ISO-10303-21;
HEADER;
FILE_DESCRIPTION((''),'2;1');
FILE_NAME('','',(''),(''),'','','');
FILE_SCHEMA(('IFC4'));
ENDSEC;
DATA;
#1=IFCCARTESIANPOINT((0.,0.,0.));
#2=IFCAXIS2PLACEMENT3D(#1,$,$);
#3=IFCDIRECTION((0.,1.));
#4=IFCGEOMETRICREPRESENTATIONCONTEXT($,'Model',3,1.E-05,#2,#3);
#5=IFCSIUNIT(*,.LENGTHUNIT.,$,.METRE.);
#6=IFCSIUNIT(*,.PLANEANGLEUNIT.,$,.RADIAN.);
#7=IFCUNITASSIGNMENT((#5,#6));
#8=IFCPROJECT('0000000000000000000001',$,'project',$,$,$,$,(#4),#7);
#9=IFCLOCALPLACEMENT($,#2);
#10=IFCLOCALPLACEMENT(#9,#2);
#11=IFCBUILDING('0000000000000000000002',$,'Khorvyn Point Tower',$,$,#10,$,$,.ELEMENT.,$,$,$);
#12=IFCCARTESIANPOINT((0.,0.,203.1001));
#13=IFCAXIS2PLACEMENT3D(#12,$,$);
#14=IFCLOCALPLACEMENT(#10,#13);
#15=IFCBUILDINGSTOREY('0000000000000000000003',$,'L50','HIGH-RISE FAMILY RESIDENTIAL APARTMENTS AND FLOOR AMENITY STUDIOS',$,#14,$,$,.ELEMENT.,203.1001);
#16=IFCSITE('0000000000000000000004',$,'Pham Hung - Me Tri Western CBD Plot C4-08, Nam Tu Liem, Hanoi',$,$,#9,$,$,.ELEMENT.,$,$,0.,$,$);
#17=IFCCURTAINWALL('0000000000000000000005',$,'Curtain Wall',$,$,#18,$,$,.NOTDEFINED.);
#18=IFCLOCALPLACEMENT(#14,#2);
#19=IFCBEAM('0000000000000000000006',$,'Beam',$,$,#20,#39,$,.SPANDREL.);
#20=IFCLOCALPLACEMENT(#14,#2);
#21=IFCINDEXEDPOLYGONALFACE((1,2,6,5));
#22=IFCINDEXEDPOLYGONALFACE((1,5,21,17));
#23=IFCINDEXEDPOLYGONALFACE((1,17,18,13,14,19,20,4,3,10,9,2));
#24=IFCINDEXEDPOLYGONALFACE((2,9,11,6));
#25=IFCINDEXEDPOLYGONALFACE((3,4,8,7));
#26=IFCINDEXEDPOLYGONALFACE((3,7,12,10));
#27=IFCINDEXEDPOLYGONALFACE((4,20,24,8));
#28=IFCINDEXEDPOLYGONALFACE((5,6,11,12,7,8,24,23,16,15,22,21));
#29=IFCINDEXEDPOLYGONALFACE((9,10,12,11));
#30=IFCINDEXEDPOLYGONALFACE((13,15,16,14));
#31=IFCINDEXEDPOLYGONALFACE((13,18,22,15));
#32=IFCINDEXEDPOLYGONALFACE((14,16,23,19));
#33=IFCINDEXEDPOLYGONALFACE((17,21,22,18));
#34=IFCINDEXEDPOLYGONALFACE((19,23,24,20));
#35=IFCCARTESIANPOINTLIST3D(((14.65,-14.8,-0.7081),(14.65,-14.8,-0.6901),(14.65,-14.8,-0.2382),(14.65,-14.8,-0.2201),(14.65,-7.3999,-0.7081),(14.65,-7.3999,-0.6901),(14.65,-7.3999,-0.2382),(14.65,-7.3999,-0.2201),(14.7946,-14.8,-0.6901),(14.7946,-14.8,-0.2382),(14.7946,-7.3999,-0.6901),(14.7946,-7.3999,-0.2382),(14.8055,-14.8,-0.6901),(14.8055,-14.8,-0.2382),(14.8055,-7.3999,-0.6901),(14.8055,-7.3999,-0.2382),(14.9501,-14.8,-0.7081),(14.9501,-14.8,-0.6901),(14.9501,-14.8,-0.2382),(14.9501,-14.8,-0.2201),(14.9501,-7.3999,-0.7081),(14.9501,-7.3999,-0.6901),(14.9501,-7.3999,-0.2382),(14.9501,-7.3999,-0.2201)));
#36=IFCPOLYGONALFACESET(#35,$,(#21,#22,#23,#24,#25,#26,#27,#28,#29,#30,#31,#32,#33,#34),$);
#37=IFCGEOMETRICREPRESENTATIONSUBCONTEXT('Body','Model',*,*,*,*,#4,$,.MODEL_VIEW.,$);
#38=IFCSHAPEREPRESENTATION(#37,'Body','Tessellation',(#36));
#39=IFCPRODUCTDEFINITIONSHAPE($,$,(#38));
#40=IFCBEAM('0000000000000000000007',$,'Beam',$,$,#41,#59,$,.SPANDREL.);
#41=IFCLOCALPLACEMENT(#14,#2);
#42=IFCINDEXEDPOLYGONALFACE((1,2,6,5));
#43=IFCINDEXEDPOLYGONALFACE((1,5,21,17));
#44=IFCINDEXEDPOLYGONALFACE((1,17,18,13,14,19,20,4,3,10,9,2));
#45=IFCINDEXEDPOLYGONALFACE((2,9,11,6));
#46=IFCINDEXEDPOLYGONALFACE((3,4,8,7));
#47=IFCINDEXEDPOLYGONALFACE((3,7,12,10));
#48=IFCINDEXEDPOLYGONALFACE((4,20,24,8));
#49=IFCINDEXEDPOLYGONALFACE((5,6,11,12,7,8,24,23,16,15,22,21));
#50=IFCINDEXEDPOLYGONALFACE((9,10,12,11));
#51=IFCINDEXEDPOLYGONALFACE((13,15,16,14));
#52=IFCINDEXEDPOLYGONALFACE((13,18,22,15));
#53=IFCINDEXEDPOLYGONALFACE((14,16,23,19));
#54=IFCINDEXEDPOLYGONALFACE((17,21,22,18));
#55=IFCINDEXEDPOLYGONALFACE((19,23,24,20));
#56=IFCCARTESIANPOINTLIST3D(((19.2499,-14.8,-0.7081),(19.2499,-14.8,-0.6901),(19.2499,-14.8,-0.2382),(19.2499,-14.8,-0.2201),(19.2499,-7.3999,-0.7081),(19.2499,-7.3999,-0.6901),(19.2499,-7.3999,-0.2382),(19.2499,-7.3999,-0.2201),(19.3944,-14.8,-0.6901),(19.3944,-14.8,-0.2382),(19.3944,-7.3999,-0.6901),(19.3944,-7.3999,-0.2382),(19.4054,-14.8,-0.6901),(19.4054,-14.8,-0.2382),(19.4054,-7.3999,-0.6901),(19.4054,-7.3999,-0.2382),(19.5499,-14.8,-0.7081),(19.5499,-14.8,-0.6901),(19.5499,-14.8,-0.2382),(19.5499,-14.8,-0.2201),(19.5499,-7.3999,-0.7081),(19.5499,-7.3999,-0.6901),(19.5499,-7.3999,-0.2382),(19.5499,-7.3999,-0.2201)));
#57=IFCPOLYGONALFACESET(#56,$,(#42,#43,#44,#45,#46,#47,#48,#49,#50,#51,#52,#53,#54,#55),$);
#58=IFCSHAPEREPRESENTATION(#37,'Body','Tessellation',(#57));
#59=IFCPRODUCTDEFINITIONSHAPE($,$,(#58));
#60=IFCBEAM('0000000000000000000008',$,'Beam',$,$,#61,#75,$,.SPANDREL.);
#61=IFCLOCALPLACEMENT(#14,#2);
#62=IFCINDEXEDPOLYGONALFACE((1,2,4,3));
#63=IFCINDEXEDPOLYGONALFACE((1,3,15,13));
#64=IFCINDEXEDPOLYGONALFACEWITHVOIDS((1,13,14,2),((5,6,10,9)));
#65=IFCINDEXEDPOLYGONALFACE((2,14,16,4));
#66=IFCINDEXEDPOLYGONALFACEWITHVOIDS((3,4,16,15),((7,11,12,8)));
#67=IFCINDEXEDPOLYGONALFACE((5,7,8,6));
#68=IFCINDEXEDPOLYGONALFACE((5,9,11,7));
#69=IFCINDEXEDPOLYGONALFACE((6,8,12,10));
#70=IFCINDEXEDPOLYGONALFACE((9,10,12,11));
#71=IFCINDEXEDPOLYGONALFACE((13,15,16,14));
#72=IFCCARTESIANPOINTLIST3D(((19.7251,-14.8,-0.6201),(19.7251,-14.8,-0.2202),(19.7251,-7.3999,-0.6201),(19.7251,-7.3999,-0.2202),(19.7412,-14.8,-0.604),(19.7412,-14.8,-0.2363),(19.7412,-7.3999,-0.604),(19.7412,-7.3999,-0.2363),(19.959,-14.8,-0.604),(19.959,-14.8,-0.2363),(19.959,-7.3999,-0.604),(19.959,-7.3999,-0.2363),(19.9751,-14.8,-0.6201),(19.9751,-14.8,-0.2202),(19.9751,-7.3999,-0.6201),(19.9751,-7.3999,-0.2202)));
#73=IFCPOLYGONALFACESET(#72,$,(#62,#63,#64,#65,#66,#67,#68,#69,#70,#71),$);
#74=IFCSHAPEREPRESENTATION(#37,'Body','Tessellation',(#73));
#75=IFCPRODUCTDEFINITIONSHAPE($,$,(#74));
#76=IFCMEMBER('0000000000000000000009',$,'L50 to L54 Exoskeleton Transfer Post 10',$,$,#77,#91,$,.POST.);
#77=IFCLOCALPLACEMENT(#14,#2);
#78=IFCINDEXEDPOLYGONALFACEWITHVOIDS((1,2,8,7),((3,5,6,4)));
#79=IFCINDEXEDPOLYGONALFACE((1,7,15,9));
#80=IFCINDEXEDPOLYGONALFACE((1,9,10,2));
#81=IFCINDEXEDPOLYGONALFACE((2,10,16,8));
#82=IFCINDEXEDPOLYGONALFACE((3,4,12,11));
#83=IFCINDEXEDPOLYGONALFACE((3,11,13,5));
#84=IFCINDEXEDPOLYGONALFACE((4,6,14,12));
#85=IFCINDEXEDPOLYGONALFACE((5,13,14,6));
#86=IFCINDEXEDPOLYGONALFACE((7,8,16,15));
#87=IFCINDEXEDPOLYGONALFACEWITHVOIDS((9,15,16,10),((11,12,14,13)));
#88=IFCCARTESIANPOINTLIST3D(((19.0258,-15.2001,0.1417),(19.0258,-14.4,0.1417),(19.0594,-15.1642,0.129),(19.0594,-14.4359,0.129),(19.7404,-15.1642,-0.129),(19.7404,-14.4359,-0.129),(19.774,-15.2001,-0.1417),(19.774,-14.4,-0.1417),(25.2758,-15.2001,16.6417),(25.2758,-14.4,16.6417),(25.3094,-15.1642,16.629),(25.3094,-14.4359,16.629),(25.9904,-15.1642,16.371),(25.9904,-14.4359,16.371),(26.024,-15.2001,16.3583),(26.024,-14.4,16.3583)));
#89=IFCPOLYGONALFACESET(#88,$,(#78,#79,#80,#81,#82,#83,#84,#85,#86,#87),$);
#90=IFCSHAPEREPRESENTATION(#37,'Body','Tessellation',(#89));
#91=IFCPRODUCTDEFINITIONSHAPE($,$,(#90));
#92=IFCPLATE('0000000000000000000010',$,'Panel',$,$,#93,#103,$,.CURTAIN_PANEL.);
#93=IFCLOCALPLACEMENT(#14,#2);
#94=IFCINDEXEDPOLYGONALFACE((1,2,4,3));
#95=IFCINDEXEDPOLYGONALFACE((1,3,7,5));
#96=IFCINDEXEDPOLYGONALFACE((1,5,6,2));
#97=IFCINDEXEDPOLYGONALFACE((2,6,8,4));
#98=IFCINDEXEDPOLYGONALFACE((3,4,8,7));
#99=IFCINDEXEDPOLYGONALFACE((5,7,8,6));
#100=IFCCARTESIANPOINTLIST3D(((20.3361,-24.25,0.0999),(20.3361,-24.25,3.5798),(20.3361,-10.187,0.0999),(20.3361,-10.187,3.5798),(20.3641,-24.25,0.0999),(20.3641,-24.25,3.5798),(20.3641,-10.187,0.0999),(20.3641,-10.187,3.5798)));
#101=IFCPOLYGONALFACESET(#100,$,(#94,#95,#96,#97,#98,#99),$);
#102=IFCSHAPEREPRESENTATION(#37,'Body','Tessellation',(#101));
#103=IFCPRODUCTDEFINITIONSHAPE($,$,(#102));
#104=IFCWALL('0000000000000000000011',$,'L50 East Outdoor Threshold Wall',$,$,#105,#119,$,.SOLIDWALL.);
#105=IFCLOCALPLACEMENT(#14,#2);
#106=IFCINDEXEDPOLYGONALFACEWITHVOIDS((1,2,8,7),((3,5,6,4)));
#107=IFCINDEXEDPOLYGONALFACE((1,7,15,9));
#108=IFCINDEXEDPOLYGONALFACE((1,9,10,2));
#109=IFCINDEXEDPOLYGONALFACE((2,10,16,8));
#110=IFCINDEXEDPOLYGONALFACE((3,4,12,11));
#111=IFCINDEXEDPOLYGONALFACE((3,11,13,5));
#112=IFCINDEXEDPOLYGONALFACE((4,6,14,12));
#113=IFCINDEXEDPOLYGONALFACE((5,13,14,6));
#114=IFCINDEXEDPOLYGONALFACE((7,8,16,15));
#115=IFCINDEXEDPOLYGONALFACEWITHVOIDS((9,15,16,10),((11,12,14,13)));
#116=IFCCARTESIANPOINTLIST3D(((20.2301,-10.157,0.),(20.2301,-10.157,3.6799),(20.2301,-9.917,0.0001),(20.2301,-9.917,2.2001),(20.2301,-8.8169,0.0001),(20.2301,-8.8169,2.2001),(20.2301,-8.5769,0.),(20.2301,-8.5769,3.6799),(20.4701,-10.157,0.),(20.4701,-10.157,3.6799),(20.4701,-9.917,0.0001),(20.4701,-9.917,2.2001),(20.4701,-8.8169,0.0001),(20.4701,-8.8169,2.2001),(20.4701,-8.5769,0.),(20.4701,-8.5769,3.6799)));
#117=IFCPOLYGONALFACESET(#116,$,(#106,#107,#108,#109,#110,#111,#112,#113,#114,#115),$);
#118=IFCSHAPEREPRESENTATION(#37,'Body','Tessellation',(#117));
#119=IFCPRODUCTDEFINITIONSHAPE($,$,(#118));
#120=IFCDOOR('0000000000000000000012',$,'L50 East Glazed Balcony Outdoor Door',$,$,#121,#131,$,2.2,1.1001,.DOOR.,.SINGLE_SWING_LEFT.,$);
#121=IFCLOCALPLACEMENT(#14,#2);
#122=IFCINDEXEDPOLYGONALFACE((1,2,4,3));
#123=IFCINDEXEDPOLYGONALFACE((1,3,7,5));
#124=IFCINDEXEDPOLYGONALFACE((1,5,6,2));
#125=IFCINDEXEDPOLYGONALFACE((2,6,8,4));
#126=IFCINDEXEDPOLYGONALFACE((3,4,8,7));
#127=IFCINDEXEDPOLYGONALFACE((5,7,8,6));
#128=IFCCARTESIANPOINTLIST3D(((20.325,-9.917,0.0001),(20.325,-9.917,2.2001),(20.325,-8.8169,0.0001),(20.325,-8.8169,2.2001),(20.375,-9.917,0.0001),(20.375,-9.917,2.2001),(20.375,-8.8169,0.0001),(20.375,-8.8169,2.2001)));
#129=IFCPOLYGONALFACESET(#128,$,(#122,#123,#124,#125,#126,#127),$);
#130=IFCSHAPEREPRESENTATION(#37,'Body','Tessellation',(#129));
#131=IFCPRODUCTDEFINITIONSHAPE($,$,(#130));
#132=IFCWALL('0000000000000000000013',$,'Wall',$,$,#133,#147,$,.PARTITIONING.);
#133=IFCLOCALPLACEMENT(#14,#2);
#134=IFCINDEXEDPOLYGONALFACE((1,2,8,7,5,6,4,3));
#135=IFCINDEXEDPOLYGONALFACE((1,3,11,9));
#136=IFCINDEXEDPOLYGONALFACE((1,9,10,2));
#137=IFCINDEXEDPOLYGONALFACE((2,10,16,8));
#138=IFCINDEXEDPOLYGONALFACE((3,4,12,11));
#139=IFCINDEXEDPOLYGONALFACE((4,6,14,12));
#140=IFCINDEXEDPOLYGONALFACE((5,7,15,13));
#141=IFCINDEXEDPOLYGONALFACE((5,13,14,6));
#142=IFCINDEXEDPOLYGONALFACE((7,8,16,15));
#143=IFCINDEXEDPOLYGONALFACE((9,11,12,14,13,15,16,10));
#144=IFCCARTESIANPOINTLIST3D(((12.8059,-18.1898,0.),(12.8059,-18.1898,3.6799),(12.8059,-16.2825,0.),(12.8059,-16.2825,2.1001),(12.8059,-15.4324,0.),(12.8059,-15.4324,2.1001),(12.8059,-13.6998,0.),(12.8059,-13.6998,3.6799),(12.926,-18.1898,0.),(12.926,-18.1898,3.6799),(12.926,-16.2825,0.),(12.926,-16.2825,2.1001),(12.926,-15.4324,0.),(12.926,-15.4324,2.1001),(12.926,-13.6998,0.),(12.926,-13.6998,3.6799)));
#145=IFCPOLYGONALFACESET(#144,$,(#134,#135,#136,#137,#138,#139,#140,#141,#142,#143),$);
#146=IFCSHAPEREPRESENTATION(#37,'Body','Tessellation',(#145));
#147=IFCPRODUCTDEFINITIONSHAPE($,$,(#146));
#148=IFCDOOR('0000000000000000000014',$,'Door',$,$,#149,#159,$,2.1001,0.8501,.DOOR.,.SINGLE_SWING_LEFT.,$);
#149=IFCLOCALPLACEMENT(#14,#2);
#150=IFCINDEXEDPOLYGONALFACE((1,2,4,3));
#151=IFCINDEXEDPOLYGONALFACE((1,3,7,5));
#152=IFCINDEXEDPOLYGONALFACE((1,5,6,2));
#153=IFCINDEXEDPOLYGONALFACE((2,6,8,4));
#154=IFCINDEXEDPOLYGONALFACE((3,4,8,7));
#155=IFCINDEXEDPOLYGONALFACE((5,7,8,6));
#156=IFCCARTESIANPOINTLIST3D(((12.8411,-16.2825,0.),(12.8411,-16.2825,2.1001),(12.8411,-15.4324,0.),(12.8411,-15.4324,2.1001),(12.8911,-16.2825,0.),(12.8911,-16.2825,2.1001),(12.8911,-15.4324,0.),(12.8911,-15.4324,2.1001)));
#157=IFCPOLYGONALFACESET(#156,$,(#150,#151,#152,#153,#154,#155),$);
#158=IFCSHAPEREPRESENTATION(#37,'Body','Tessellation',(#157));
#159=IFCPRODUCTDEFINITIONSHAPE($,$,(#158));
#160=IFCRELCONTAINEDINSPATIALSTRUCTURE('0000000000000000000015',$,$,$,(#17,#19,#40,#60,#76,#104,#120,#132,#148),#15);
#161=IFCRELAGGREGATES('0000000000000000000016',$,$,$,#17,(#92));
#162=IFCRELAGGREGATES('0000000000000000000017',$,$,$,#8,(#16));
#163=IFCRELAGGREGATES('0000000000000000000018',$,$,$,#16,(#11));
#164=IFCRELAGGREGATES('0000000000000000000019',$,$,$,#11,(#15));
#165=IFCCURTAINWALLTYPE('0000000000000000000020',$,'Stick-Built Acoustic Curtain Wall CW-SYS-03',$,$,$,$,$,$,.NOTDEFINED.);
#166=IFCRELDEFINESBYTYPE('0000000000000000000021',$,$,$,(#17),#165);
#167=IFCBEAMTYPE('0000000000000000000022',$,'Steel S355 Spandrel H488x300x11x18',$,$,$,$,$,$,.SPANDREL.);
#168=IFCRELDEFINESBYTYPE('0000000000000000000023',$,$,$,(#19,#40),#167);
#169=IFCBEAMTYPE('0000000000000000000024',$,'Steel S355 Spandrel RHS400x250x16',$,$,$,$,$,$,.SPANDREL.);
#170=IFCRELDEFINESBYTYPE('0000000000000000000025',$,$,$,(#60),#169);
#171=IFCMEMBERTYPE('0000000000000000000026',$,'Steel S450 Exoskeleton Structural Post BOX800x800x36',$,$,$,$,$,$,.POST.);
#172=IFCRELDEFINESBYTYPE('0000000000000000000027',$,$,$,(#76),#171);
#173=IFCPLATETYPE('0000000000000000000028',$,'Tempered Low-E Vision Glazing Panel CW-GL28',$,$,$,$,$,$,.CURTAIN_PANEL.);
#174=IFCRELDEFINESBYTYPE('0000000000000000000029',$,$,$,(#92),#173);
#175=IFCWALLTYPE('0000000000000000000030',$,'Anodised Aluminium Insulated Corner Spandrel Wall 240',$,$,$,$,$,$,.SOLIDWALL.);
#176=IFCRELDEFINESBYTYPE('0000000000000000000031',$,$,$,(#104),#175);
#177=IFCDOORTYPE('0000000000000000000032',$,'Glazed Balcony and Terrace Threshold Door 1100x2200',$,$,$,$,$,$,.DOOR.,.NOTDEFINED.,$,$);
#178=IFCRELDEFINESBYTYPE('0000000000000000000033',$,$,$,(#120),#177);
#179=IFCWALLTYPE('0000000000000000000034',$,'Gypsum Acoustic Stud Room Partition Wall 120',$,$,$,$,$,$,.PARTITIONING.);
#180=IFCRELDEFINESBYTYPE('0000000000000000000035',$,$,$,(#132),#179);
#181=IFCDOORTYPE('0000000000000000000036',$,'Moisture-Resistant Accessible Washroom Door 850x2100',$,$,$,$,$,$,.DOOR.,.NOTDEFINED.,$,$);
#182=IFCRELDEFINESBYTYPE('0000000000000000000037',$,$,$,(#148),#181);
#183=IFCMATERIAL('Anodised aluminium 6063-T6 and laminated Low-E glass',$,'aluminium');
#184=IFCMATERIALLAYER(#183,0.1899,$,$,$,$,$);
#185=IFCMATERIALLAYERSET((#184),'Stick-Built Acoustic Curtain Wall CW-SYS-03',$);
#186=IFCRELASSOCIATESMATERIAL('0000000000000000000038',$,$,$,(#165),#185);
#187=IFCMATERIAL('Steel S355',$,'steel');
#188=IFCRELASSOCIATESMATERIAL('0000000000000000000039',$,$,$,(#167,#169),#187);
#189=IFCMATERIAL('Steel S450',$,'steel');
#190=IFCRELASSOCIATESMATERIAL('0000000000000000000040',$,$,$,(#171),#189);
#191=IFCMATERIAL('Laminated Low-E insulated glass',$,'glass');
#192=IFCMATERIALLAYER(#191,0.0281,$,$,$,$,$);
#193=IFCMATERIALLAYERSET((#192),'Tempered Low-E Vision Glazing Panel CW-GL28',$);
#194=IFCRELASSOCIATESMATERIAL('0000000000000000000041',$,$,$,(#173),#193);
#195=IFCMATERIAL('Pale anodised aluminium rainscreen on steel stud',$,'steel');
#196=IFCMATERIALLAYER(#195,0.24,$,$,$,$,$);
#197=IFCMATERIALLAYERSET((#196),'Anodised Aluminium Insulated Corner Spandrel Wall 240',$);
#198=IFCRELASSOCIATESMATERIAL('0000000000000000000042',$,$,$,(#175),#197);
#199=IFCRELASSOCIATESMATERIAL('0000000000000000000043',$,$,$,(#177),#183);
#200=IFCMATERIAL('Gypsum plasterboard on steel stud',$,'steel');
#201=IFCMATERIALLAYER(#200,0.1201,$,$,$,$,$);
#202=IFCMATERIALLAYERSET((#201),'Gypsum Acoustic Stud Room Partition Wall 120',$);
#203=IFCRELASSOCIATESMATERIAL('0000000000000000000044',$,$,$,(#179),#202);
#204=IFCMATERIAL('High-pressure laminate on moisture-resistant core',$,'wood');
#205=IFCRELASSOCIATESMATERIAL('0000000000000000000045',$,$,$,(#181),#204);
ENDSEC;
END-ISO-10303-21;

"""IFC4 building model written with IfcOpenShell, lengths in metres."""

from ifc_helpers import new_model, si_unit, direction, frame, frame_2d, origin, origin_2d, place, context, subcontext, project, spatial, rectangle, hollow_rectangle, i_section, extrude, material, layer, layer_set, material_profile, profile_set, type_object, element, fill, aggregate, save


model = new_model("IFC4")

# Units and contexts
model_context = context("Model", 3, precision=1e-05, world=origin(), true_north=direction((0.0, 1.0)))
body_context = subcontext(model_context, "Body", "Model", "MODEL_VIEW")
ifc_project = project(units=[si_unit("LENGTHUNIT", "METRE"), si_unit("PLANEANGLEUNIT", "RADIAN")], contexts=[model_context])

# Site, building, storey
site_placement = place(None, origin())
site = spatial("IfcSite", under=ifc_project, at=site_placement, Name="Pham Hung - Me Tri Western CBD Plot C4-08, Nam Tu Liem, Hanoi", CompositionType="ELEMENT", RefElevation=0.0)
building_placement = place(site_placement, origin())
building = spatial("IfcBuilding", under=site, at=building_placement, Name="Khorvyn Point Tower", CompositionType="ELEMENT")
storey_placement = place(building_placement, frame((0.0, 0.0, 203.1001)))
storey = spatial("IfcBuildingStorey", under=building, at=storey_placement, Name="L50", Description="HIGH-RISE FAMILY RESIDENTIAL APARTMENTS AND FLOOR AMENITY STUDIOS", CompositionType="ELEMENT", Elevation=203.1001)

# Shared definitions
ifc_material_1 = material(Name="Steel S450", Category="steel")

# Shared definitions
ifc_material_2 = material(Name="Anodised aluminium 6063-T6 and laminated Low-E glass", Category="aluminium")
ifc_layer_1 = layer(ifc_material_2, 0.1899)
ifc_layer_set_1 = layer_set([ifc_layer_1], Name="Stick-Built Acoustic Curtain Wall CW-SYS-03")
curtain_wall_type = type_object("IfcCurtainWallType", Name="Stick-Built Acoustic Curtain Wall CW-SYS-03", PredefinedType="NOTDEFINED", material=ifc_layer_set_1)

# Curtain wall
curtain_wall_1_placement = place(storey_placement, origin())
curtain_wall_1 = element("IfcCurtainWall", 1, at=curtain_wall_1_placement, inside=storey, type_object=curtain_wall_type, Name="Curtain Wall", PredefinedType="NOTDEFINED")

# Beams
ifc_material_3 = material(Name="Steel S355", Category="steel")
ifc_material_profile_1 = material_profile(ifc_material_3, i_section(OverallWidth=0.3, OverallDepth=0.488, WebThickness=0.011, FlangeThickness=0.0181, at=origin_2d()))
ifc_profile_set_1 = profile_set([ifc_material_profile_1], Name="Steel S355 H488x300x11x18")
beam_type_1 = type_object("IfcBeamType", Name="Steel S355 Spandrel H488x300x11x18", PredefinedType="SPANDREL", material=ifc_profile_set_1)
for number, where, z_axis, x_axis, name in (
    (2, (14.8, -14.8, -0.4641), (0.0, 1.0, 0.0), (-1.0, 0.0, 0.0), "Beam"),
    (3, (19.3999, -14.8, -0.4641), (0.0, 1.0, 0.0), (-1.0, 0.0, 0.0), "Beam"),
):
    element("IfcBeam", number, at=place(storey_placement, frame(where, z_axis=z_axis, x_axis=x_axis)), inside=storey, type_object=beam_type_1, Name=name, PredefinedType="SPANDREL", context=body_context, shape_type="SweptSolid", body=[
        extrude(i_section(OverallWidth=0.3, OverallDepth=0.488, WebThickness=0.011, FlangeThickness=0.0181, at=origin_2d()), origin(), (0.0, 0.0, 1.0), 7.4001),
    ])
ifc_material_profile_2 = material_profile(ifc_material_3, hollow_rectangle(XDim=0.25, YDim=0.3999, WallThickness=0.0161, at=origin_2d()))
ifc_profile_set_2 = profile_set([ifc_material_profile_2], Name="Steel S355 RHS400x250x16")
beam_type_2 = type_object("IfcBeamType", Name="Steel S355 Spandrel RHS400x250x16", PredefinedType="SPANDREL", material=ifc_profile_set_2)
beam_1_placement = place(storey_placement, frame((19.8501, -14.8, -0.4202), z_axis=(0.0, 1.0, 0.0), x_axis=(-1.0, 0.0, 0.0)))
element("IfcBeam", 4, at=beam_1_placement, inside=storey, type_object=beam_type_2, Name="Beam", PredefinedType="SPANDREL", context=body_context, shape_type="SweptSolid", body=[
    extrude(hollow_rectangle(XDim=0.25, YDim=0.3999, WallThickness=0.0161, at=origin_2d()), origin(), (0.0, 0.0, 1.0), 7.4001),
])

# Member
ifc_material_profile_3 = material_profile(ifc_material_1, hollow_rectangle(XDim=0.8, YDim=0.8, WallThickness=0.0359, at=origin_2d()))
ifc_profile_set_3 = profile_set([ifc_material_profile_3], Name="Steel S450 BOX800x800x36")
member_type_1 = type_object("IfcMemberType", Name="Steel S450 Exoskeleton Structural Post BOX800x800x36", PredefinedType="POST", material=ifc_profile_set_3)
member_1_placement = place(storey_placement, frame((19.3999, -14.8, 0.0), z_axis=(0.354227, 0.0, 0.935159), x_axis=(0.0, 1.0, 0.0)))
element("IfcMember", 5, at=member_1_placement, inside=storey, type_object=member_type_1, Name="L50 to L54 Exoskeleton Transfer Post 10", PredefinedType="POST", context=body_context, shape_type="SweptSolid", body=[
    extrude(hollow_rectangle(XDim=0.8, YDim=0.8, WallThickness=0.0359, at=origin_2d()), origin(), (0.0, 0.0, 1.0), 17.644),
])

# Plate
ifc_material_4 = material(Name="Laminated Low-E insulated glass", Category="glass")
ifc_layer_2 = layer(ifc_material_4, 0.0281)
ifc_layer_set_2 = layer_set([ifc_layer_2], Name="Tempered Low-E Vision Glazing Panel CW-GL28")
plate_type = type_object("IfcPlateType", Name="Tempered Low-E Vision Glazing Panel CW-GL28", PredefinedType="CURTAIN_PANEL", material=ifc_layer_set_2)
plate_placement = place(storey_placement, frame((20.3501, -17.2185, 0.0999), z_axis=(0.0, 0.0, 1.0), x_axis=(0.0, -1.0, 0.0)))
plate = element("IfcPlate", 6, at=plate_placement, type_object=plate_type, Name="Panel", PredefinedType="CURTAIN_PANEL", context=body_context, shape_type="SweptSolid", body=[
    extrude(rectangle(XDim=14.063, YDim=0.0281, at=origin_2d()), origin(), (0.0, 0.0, 1.0), 3.48),
])
aggregate(curtain_wall_1, [plate])

# Walls, openings, doors
ifc_material_5 = material(Name="Pale anodised aluminium rainscreen on steel stud", Category="steel")
ifc_layer_3 = layer(ifc_material_5, 0.24)
ifc_layer_set_3 = layer_set([ifc_layer_3], Name="Anodised Aluminium Insulated Corner Spandrel Wall 240")
wall_type_1 = type_object("IfcWallType", Name="Anodised Aluminium Insulated Corner Spandrel Wall 240", PredefinedType="SOLIDWALL", material=ifc_layer_set_3)
wall_1_placement = place(storey_placement, frame((20.3501, -8.5769, 0.0), z_axis=(0.0, 0.0, 1.0), x_axis=(0.0, -1.0, 0.0)))
wall_1 = element("IfcWall", 7, at=wall_1_placement, inside=storey, type_object=wall_type_1, Name="L50 East Outdoor Threshold Wall", PredefinedType="SOLIDWALL", context=body_context, shape_type="SweptSolid", body=[
    extrude(rectangle(XDim=1.5801, YDim=0.24, at=frame_2d((0.79, 0.0))), origin(), (0.0, 0.0, 1.0), 3.6799),
])
opening_1_placement = place(wall_1_placement, frame((0.24, 0.0, 0.0)))
opening_1 = element("IfcOpeningElement", 8, at=opening_1_placement, cuts=wall_1, PredefinedType="OPENING", context=body_context, shape_type="SweptSolid", body=[
    extrude(rectangle(XDim=1.1001, YDim=2.2, at=frame_2d((0.55, 1.1001))), frame((0.0, 0.1299, 0.0), z_axis=(0.0, -1.0, 0.0), x_axis=(1.0, 0.0, 0.0)), (0.0, 0.0, 1.0), 0.26),
])
door_type_1 = type_object("IfcDoorType", Name="Glazed Balcony and Terrace Threshold Door 1100x2200", OperationType="NOTDEFINED", PredefinedType="DOOR", material=ifc_material_2)
door_1_placement = place(opening_1_placement, origin())
door_1 = element("IfcDoor", 9, at=door_1_placement, inside=storey, type_object=door_type_1, Name="L50 East Glazed Balcony Outdoor Door", OperationType="SINGLE_SWING_LEFT", OverallHeight=2.2, OverallWidth=1.1001, PredefinedType="DOOR", context=body_context, shape_type="SweptSolid", body=[
    extrude(rectangle(XDim=1.1001, YDim=2.2, at=frame_2d((0.55, 1.1001))), frame((0.0, 0.0249, 0.0), z_axis=(0.0, -1.0, 0.0), x_axis=(1.0, 0.0, 0.0)), (0.0, 0.0, 1.0), 0.05),
])
fill(opening_1, door_1)
ifc_material_6 = material(Name="Gypsum plasterboard on steel stud", Category="steel")
ifc_layer_4 = layer(ifc_material_6, 0.1201)
ifc_layer_set_4 = layer_set([ifc_layer_4], Name="Gypsum Acoustic Stud Room Partition Wall 120")
wall_type_2 = type_object("IfcWallType", Name="Gypsum Acoustic Stud Room Partition Wall 120", PredefinedType="PARTITIONING", material=ifc_layer_set_4)
wall_2_placement = place(storey_placement, frame((12.866, -18.1899, 0.0), z_axis=(0.0, 0.0, 1.0), x_axis=(0.0, 1.0, 0.0)))
wall_2 = element("IfcWall", 10, at=wall_2_placement, inside=storey, type_object=wall_type_2, Name="Wall", PredefinedType="PARTITIONING", context=body_context, shape_type="SweptSolid", body=[
    extrude(rectangle(XDim=4.49, YDim=0.1201, at=frame_2d((2.2451, 0.0))), origin(), (0.0, 0.0, 1.0), 3.6799),
])
opening_2_placement = place(wall_2_placement, frame((1.9075, 0.0, 0.0)))
opening_2 = element("IfcOpeningElement", 11, at=opening_2_placement, cuts=wall_2, PredefinedType="OPENING", context=body_context, shape_type="SweptSolid", body=[
    extrude(rectangle(XDim=0.8501, YDim=2.1001, at=frame_2d((0.425, 1.05))), frame((0.0, 0.0701, 0.0), z_axis=(0.0, -1.0, 0.0), x_axis=(1.0, 0.0, 0.0)), (0.0, 0.0, 1.0), 0.1401),
])
ifc_material_7 = material(Name="High-pressure laminate on moisture-resistant core", Category="wood")
door_type_2 = type_object("IfcDoorType", Name="Moisture-Resistant Accessible Washroom Door 850x2100", OperationType="NOTDEFINED", PredefinedType="DOOR", material=ifc_material_7)
door_2_placement = place(opening_2_placement, origin())
door_2 = element("IfcDoor", 12, at=door_2_placement, inside=storey, type_object=door_type_2, Name="Door", OperationType="SINGLE_SWING_LEFT", OverallHeight=2.1001, OverallWidth=0.8501, PredefinedType="DOOR", context=body_context, shape_type="SweptSolid", body=[
    extrude(rectangle(XDim=0.8501, YDim=2.1001, at=frame_2d((0.425, 1.05))), frame((0.0, 0.0249, 0.0), z_axis=(0.0, -1.0, 0.0), x_axis=(1.0, 0.0, 0.0)), (0.0, 0.0, 1.0), 0.05),
])
fill(opening_2, door_2)

save(model, "model.ifc")
